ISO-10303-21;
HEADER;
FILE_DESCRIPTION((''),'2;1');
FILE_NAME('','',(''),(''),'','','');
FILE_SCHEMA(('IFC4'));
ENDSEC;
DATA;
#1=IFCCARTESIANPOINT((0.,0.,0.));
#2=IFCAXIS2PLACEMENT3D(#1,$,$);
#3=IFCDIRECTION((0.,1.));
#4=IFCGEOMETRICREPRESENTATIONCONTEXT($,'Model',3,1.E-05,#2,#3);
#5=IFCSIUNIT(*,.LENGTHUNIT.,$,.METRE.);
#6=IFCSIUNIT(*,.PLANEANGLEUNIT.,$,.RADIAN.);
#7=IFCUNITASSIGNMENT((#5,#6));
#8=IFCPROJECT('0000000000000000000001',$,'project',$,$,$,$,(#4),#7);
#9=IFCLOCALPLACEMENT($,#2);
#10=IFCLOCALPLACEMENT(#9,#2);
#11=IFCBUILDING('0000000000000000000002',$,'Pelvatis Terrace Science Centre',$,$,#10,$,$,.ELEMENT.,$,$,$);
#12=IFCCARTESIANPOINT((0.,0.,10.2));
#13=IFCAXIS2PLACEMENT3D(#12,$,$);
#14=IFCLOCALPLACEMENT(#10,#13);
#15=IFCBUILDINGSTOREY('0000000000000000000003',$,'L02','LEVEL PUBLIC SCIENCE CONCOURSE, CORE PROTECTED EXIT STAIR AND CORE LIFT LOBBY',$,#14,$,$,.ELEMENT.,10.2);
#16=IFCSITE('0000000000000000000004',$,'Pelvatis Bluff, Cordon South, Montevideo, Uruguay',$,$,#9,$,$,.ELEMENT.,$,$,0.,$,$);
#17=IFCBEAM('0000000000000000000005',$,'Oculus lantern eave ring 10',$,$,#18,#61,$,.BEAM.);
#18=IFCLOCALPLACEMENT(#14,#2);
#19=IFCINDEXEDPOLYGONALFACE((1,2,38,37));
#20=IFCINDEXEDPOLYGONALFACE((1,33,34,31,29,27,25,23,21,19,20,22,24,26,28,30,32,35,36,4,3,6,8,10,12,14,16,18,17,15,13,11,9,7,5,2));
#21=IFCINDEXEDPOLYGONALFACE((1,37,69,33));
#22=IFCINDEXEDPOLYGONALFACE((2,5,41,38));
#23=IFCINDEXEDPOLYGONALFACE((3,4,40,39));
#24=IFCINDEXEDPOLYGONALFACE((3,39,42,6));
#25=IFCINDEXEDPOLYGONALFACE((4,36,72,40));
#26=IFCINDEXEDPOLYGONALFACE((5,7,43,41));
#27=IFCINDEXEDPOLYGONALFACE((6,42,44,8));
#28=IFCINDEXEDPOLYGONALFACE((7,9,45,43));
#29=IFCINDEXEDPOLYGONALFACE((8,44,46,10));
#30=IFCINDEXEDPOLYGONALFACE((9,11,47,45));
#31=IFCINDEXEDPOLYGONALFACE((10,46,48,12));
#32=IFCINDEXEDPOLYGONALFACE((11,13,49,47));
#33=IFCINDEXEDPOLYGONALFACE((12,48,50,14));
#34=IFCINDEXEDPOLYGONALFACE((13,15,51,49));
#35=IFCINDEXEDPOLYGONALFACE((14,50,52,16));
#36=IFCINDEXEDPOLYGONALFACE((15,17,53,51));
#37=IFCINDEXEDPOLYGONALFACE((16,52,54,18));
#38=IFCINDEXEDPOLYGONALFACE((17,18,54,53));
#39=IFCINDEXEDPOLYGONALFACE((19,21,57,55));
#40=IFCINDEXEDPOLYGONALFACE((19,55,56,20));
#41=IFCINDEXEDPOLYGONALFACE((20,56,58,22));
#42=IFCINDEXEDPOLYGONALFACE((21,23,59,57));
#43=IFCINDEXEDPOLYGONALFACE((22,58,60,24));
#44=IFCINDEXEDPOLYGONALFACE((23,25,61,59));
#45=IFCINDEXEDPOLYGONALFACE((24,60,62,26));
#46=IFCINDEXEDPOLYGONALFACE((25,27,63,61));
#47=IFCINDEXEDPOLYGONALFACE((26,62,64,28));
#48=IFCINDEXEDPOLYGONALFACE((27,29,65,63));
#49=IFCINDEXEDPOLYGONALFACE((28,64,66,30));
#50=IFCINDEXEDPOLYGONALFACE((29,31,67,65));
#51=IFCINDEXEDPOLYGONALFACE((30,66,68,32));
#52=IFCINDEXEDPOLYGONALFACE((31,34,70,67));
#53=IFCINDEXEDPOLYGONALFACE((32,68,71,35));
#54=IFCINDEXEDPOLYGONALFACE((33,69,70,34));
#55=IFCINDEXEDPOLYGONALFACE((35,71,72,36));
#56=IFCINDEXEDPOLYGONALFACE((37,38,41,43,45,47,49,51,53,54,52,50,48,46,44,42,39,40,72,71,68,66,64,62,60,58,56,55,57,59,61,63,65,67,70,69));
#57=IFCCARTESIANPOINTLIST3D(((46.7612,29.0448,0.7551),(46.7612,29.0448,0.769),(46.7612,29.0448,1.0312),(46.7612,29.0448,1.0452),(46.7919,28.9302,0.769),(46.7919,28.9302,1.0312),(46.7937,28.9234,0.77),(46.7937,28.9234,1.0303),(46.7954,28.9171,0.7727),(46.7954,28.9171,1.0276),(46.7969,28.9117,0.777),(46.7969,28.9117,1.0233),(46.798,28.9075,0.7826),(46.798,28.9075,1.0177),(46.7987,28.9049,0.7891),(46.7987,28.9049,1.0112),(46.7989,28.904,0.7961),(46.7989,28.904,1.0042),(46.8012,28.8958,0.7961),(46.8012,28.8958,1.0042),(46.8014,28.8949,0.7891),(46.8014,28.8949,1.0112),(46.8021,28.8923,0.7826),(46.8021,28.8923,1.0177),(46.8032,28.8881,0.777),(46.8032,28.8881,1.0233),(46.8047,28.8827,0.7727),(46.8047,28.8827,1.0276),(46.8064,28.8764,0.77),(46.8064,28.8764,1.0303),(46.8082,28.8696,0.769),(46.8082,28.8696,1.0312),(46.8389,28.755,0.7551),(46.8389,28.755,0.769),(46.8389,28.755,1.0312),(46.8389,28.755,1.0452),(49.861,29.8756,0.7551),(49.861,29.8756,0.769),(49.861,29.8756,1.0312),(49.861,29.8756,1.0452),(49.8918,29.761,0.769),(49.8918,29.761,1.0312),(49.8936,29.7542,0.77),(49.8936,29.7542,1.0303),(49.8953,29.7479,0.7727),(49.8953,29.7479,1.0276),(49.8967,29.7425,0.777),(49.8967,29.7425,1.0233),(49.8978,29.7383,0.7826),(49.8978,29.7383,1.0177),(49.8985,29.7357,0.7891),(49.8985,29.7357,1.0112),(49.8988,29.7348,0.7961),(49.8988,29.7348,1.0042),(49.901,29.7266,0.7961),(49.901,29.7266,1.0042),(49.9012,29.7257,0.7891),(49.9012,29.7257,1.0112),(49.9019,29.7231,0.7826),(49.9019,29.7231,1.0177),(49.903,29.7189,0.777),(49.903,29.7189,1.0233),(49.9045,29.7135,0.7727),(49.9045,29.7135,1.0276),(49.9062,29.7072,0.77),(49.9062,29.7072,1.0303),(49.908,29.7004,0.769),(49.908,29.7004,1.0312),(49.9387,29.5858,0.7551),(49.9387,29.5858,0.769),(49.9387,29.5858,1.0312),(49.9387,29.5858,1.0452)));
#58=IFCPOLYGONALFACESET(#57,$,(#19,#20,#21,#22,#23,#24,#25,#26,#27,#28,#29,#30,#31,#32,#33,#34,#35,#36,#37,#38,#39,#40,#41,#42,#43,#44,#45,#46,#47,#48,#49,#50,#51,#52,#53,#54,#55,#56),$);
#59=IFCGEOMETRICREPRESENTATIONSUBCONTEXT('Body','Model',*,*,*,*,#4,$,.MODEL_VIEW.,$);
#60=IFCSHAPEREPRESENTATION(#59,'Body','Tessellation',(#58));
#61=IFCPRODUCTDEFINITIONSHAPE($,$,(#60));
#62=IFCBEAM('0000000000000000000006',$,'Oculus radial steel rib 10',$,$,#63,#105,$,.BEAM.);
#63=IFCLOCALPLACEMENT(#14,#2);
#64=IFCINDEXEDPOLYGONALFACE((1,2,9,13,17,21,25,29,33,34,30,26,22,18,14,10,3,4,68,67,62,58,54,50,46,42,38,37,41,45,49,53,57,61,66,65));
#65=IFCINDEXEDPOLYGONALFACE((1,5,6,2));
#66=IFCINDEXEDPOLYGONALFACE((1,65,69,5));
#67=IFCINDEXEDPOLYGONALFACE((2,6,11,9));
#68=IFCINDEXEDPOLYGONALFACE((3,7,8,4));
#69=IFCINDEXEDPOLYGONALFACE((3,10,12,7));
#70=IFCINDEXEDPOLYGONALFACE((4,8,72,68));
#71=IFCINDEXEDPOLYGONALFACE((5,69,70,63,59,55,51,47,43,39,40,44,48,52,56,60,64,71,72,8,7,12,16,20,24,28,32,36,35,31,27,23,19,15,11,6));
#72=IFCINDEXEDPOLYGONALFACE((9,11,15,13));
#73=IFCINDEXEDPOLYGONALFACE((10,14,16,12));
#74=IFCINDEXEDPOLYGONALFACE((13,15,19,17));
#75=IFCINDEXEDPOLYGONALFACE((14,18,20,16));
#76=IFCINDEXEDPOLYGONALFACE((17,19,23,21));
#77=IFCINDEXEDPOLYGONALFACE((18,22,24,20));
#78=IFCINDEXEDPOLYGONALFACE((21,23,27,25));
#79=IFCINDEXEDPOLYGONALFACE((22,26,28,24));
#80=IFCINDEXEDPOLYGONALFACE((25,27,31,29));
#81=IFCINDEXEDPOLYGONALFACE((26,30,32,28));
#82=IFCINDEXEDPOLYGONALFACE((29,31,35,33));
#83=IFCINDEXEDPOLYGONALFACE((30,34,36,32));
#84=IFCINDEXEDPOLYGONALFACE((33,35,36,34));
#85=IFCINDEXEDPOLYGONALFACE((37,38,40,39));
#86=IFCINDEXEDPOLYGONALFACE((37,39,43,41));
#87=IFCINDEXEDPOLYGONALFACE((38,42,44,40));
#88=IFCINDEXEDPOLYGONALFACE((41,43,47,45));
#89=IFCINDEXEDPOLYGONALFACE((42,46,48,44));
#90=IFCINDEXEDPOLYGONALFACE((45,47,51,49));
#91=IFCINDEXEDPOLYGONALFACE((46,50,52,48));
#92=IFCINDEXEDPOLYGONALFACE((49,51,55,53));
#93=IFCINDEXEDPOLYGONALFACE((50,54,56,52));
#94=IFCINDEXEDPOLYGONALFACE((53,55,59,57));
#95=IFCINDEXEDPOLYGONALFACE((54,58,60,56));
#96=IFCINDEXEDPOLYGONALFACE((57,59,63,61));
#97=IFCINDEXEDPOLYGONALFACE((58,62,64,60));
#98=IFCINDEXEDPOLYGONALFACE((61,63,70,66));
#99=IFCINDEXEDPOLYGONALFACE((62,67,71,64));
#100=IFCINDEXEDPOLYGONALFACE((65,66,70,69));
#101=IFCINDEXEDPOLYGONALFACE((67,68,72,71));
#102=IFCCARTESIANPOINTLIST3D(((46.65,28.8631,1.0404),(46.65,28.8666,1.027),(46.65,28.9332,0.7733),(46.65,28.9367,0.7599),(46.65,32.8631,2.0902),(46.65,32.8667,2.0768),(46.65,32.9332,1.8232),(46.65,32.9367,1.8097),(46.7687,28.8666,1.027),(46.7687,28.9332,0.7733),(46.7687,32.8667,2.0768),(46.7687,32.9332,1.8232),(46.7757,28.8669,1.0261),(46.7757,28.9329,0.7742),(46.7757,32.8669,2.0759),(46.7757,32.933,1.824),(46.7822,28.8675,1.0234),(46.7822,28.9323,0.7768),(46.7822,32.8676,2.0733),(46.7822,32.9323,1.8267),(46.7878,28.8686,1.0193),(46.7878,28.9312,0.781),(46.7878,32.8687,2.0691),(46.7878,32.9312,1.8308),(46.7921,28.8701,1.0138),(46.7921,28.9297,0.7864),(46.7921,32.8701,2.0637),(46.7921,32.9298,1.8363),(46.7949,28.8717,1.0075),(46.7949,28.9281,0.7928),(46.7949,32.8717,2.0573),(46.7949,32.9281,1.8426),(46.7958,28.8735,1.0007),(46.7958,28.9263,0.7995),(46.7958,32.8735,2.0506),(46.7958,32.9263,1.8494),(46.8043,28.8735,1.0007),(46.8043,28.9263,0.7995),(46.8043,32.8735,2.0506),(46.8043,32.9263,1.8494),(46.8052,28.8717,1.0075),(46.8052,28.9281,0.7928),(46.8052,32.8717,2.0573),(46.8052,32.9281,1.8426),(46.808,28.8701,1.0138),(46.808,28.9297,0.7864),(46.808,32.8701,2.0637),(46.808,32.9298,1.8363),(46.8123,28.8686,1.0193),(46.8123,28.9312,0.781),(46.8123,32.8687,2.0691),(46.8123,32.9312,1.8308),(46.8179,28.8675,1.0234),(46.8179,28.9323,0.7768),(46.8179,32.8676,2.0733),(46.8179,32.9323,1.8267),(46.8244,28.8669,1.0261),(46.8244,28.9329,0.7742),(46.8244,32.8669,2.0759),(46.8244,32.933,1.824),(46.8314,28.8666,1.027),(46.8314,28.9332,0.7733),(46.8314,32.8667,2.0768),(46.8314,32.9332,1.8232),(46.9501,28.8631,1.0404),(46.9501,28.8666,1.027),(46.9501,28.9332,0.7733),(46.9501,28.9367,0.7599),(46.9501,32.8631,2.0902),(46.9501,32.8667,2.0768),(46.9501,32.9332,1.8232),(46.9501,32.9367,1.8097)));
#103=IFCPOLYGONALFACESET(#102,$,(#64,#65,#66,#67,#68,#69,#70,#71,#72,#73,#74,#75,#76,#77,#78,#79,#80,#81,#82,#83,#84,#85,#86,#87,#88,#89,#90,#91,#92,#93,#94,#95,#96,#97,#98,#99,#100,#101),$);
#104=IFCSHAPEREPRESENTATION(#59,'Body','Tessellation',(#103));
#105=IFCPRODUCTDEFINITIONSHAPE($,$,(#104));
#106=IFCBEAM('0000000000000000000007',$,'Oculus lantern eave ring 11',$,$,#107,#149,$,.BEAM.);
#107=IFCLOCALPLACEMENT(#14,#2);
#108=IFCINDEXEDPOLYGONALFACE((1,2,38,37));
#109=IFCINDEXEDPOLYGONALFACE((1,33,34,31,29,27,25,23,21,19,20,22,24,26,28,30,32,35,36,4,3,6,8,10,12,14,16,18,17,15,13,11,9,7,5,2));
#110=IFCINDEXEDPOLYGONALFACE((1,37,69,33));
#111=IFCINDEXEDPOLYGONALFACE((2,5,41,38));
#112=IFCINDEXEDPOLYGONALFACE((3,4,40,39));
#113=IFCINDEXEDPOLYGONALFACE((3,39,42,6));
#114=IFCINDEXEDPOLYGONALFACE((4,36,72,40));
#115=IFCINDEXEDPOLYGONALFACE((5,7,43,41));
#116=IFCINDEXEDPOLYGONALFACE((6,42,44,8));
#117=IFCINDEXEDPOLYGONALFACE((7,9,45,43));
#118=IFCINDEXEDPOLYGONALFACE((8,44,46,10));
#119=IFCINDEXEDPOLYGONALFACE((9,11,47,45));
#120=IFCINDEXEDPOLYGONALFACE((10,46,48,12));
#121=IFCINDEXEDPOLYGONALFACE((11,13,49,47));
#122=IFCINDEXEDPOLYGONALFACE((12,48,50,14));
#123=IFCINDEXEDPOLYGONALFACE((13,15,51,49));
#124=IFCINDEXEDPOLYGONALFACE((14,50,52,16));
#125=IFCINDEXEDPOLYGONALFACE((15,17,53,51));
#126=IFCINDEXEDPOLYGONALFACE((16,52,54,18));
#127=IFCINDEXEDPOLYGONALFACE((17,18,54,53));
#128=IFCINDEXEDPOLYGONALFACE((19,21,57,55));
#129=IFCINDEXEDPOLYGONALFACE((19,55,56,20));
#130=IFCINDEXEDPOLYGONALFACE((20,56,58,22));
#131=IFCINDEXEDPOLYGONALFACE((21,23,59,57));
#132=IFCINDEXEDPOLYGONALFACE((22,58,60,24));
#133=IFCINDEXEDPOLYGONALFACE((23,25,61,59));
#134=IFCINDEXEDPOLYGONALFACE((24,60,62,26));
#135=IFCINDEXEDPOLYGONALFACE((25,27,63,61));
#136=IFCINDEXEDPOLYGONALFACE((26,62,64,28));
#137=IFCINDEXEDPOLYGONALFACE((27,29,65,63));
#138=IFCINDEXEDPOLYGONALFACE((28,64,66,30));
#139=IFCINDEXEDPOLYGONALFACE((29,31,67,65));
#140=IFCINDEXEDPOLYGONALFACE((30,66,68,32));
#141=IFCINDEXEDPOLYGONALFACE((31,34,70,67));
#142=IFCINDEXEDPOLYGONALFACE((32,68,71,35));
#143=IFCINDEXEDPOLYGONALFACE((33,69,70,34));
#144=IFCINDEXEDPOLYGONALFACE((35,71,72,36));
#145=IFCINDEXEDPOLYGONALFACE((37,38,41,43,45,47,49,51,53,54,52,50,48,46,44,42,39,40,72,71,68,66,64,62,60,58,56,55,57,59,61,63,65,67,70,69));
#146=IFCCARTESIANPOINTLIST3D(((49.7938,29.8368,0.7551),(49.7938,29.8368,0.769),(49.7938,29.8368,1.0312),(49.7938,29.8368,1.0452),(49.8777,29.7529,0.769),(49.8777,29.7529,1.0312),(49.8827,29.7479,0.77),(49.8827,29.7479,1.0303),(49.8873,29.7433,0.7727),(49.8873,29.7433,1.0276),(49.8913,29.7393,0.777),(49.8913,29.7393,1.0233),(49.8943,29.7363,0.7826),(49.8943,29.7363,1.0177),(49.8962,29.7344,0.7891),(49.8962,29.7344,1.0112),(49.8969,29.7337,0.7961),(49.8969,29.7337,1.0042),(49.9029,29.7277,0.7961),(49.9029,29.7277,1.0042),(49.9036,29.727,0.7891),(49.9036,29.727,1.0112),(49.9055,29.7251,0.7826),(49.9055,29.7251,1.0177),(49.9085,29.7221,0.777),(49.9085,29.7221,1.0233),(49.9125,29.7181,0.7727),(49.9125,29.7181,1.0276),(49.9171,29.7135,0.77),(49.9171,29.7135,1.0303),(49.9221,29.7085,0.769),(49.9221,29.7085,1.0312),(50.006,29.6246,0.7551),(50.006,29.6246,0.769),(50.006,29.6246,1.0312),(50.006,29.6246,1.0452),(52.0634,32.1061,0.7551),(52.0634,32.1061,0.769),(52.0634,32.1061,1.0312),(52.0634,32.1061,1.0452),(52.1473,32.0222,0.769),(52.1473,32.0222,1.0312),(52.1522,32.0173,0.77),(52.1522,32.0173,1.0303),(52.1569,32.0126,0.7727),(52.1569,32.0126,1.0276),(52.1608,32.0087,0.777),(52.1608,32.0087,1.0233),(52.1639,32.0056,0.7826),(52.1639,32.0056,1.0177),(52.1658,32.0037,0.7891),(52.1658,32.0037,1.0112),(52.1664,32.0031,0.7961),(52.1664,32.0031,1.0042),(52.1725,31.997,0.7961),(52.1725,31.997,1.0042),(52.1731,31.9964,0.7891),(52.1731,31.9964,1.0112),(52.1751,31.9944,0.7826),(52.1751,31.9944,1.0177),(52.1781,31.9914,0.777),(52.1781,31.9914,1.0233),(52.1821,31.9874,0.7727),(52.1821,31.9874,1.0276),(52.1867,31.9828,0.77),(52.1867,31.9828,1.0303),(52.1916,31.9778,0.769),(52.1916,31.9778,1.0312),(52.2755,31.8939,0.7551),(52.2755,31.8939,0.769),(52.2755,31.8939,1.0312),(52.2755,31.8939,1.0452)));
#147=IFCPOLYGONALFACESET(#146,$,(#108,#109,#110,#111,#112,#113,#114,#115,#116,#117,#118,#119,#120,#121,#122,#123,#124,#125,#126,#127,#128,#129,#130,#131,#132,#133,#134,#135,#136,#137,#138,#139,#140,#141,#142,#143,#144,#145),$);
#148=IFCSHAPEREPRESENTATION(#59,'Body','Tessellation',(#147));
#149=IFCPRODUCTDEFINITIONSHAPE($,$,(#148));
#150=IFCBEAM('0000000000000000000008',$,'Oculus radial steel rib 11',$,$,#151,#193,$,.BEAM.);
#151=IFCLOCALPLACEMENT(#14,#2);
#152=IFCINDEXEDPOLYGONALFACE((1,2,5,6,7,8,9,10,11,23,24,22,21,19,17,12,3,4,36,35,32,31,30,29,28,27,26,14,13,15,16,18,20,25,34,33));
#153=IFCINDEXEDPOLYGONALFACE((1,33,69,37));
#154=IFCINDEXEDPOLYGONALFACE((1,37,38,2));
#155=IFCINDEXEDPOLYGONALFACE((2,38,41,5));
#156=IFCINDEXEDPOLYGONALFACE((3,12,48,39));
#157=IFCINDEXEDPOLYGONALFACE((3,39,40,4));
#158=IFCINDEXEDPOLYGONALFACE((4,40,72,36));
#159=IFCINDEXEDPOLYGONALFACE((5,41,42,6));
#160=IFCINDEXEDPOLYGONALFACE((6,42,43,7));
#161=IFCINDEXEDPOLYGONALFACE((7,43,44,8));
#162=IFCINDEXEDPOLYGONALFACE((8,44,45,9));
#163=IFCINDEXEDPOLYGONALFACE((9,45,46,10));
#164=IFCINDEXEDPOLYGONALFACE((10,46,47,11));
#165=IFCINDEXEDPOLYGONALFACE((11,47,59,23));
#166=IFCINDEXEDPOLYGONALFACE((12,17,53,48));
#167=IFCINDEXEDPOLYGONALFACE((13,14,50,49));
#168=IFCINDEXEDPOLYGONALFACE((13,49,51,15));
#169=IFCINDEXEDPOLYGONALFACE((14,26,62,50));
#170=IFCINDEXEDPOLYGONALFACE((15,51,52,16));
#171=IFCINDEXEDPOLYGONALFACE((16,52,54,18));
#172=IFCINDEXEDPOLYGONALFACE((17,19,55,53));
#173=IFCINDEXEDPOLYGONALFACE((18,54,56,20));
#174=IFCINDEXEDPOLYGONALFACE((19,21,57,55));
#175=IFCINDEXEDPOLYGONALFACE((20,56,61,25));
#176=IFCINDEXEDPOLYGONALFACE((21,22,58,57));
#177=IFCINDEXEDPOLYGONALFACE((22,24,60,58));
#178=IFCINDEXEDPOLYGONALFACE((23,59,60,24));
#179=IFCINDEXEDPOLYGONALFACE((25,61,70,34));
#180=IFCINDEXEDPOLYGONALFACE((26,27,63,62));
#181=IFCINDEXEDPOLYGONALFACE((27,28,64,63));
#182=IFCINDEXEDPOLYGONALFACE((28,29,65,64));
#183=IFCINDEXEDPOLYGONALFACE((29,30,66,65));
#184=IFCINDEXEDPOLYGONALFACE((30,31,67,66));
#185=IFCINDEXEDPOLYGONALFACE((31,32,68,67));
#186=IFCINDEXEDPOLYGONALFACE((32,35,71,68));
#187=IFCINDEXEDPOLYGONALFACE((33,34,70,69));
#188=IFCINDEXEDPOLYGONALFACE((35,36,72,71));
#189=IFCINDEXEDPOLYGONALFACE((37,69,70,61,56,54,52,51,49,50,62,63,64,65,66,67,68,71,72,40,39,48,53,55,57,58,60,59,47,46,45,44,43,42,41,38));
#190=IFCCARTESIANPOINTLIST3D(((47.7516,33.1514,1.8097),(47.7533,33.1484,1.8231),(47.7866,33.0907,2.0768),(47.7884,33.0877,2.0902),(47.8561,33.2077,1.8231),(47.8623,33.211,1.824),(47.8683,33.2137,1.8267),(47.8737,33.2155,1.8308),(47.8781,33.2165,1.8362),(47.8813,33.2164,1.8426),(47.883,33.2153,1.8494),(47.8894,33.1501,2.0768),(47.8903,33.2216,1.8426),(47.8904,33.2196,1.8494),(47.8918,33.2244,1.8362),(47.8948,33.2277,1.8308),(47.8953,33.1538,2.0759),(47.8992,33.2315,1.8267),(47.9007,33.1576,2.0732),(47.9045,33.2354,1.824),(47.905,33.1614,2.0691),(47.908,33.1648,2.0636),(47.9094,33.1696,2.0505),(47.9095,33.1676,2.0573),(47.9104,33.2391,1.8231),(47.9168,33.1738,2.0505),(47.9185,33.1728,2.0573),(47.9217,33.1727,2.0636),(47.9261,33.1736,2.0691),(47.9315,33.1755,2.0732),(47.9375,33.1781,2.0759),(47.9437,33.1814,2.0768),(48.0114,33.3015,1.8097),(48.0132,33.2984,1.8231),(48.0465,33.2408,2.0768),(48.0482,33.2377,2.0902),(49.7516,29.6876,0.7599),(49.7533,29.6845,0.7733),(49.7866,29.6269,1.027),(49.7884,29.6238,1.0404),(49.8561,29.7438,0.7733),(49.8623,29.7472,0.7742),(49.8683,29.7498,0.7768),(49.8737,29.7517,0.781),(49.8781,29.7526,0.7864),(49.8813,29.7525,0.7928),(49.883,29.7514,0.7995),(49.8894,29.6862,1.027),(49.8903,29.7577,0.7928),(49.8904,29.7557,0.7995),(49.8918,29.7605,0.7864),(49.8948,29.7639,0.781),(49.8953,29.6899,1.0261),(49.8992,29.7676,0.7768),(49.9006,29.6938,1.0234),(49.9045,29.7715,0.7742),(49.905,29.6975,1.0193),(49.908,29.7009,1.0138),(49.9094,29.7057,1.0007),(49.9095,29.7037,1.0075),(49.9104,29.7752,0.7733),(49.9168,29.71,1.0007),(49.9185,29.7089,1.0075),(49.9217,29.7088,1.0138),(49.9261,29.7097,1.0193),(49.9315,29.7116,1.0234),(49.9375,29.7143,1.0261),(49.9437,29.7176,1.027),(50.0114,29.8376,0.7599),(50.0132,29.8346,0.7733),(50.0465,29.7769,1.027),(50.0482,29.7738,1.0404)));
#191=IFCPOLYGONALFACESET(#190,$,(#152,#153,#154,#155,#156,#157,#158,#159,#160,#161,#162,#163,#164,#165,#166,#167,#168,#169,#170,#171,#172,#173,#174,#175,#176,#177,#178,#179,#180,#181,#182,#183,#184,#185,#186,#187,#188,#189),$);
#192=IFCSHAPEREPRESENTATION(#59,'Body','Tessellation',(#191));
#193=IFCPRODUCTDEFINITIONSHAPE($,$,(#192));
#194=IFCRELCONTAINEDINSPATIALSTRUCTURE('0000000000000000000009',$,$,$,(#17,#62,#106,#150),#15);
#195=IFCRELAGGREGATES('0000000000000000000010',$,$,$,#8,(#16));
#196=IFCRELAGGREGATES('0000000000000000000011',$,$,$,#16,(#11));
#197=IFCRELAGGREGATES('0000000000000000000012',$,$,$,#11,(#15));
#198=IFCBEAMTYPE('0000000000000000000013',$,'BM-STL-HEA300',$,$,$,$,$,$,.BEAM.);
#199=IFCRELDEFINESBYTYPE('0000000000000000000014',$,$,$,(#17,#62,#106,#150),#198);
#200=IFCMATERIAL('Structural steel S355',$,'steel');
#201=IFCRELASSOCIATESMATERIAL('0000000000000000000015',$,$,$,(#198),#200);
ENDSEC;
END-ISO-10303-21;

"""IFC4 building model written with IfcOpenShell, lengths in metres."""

from ifc_helpers import new_model, si_unit, direction, frame, origin, origin_2d, place, context, subcontext, project, spatial, i_section, extrude, material, material_profile, profile_set, type_object, element, save


model = new_model("IFC4")

# Units and contexts
model_context = context("Model", 3, precision=1e-05, world=origin(), true_north=direction((0.0, 1.0)))
body_context = subcontext(model_context, "Body", "Model", "MODEL_VIEW")
ifc_project = project(units=[si_unit("LENGTHUNIT", "METRE"), si_unit("PLANEANGLEUNIT", "RADIAN")], contexts=[model_context])

# Site, building, storey
site_placement = place(None, origin())
site = spatial("IfcSite", under=ifc_project, at=site_placement, Name="Pelvatis Bluff, Cordon South, Montevideo, Uruguay", CompositionType="ELEMENT", RefElevation=0.0)
building_placement = place(site_placement, origin())
building = spatial("IfcBuilding", under=site, at=building_placement, Name="Pelvatis Terrace Science Centre", CompositionType="ELEMENT")
storey_placement = place(building_placement, frame((0.0, 0.0, 10.2)))
storey = spatial("IfcBuildingStorey", under=building, at=storey_placement, Name="L02", Description="LEVEL PUBLIC SCIENCE CONCOURSE, CORE PROTECTED EXIT STAIR AND CORE LIFT LOBBY", CompositionType="ELEMENT", Elevation=10.2)

# Beams
ifc_material_1 = material(Name="Structural steel S355", Category="steel")
ifc_material_profile_1 = material_profile(ifc_material_1, i_section(OverallWidth=0.3, OverallDepth=0.29, WebThickness=0.0085, FlangeThickness=0.0139, FilletRadius=0.0271, at=origin_2d()), Name="HEA 300")
ifc_profile_set_1 = profile_set([ifc_material_profile_1], Name="Structural steel S355")
beam_type_1 = type_object("IfcBeamType", Name="BM-STL-HEA300", PredefinedType="BEAM", material=ifc_profile_set_1)
beam_1_placement = place(storey_placement, frame((46.8, 28.8999, 0.9001), z_axis=(0.96591, 0.258879, 0.0), x_axis=(-0.258879, 0.96591, 0.0)))
element("IfcBeam", 1, at=beam_1_placement, inside=storey, type_object=beam_type_1, Name="Oculus lantern eave ring 10", PredefinedType="BEAM", context=body_context, shape_type="SweptSolid", body=[
    extrude(i_section(OverallWidth=0.3, OverallDepth=0.29, WebThickness=0.0085, FlangeThickness=0.0139, FilletRadius=0.0271, at=origin_2d()), origin(), (0.0, 0.0, 1.0), 3.2092),
])
beam_2_placement = place(storey_placement, frame((46.8, 28.8999, 0.9001), z_axis=(0.0, 0.967243, 0.253854), x_axis=(-1.0, 0.0, 0.0)))
element("IfcBeam", 2, at=beam_2_placement, inside=storey, type_object=beam_type_1, Name="Oculus radial steel rib 10", PredefinedType="BEAM", context=body_context, shape_type="SweptSolid", body=[
    extrude(i_section(OverallWidth=0.3, OverallDepth=0.29, WebThickness=0.0085, FlangeThickness=0.0139, FilletRadius=0.0271, at=origin_2d()), origin(), (0.0, 0.0, 1.0), 4.1355),
])
beam_3_placement = place(storey_placement, frame((49.8999, 29.7307, 0.9001), z_axis=(0.707145, 0.707069, 0.0), x_axis=(-0.707069, 0.707145, 0.0)))
element("IfcBeam", 3, at=beam_3_placement, inside=storey, type_object=beam_type_1, Name="Oculus lantern eave ring 11", PredefinedType="BEAM", context=body_context, shape_type="SweptSolid", body=[
    extrude(i_section(OverallWidth=0.3, OverallDepth=0.29, WebThickness=0.0085, FlangeThickness=0.0139, FilletRadius=0.0271, at=origin_2d()), origin(), (0.0, 0.0, 1.0), 3.2095),
])
beam_4_placement = place(storey_placement, frame((49.8999, 29.7307, 0.9001), z_axis=(-0.483644, 0.83764, 0.253866), x_axis=(-0.866011, -0.500025, 0.0)))
element("IfcBeam", 4, at=beam_4_placement, inside=storey, type_object=beam_type_1, Name="Oculus radial steel rib 11", PredefinedType="BEAM", context=body_context, shape_type="SweptSolid", body=[
    extrude(i_section(OverallWidth=0.3, OverallDepth=0.29, WebThickness=0.0085, FlangeThickness=0.0139, FilletRadius=0.0271, at=origin_2d()), origin(), (0.0, 0.0, 1.0), 4.1353),
])

save(model, "model.ifc")
